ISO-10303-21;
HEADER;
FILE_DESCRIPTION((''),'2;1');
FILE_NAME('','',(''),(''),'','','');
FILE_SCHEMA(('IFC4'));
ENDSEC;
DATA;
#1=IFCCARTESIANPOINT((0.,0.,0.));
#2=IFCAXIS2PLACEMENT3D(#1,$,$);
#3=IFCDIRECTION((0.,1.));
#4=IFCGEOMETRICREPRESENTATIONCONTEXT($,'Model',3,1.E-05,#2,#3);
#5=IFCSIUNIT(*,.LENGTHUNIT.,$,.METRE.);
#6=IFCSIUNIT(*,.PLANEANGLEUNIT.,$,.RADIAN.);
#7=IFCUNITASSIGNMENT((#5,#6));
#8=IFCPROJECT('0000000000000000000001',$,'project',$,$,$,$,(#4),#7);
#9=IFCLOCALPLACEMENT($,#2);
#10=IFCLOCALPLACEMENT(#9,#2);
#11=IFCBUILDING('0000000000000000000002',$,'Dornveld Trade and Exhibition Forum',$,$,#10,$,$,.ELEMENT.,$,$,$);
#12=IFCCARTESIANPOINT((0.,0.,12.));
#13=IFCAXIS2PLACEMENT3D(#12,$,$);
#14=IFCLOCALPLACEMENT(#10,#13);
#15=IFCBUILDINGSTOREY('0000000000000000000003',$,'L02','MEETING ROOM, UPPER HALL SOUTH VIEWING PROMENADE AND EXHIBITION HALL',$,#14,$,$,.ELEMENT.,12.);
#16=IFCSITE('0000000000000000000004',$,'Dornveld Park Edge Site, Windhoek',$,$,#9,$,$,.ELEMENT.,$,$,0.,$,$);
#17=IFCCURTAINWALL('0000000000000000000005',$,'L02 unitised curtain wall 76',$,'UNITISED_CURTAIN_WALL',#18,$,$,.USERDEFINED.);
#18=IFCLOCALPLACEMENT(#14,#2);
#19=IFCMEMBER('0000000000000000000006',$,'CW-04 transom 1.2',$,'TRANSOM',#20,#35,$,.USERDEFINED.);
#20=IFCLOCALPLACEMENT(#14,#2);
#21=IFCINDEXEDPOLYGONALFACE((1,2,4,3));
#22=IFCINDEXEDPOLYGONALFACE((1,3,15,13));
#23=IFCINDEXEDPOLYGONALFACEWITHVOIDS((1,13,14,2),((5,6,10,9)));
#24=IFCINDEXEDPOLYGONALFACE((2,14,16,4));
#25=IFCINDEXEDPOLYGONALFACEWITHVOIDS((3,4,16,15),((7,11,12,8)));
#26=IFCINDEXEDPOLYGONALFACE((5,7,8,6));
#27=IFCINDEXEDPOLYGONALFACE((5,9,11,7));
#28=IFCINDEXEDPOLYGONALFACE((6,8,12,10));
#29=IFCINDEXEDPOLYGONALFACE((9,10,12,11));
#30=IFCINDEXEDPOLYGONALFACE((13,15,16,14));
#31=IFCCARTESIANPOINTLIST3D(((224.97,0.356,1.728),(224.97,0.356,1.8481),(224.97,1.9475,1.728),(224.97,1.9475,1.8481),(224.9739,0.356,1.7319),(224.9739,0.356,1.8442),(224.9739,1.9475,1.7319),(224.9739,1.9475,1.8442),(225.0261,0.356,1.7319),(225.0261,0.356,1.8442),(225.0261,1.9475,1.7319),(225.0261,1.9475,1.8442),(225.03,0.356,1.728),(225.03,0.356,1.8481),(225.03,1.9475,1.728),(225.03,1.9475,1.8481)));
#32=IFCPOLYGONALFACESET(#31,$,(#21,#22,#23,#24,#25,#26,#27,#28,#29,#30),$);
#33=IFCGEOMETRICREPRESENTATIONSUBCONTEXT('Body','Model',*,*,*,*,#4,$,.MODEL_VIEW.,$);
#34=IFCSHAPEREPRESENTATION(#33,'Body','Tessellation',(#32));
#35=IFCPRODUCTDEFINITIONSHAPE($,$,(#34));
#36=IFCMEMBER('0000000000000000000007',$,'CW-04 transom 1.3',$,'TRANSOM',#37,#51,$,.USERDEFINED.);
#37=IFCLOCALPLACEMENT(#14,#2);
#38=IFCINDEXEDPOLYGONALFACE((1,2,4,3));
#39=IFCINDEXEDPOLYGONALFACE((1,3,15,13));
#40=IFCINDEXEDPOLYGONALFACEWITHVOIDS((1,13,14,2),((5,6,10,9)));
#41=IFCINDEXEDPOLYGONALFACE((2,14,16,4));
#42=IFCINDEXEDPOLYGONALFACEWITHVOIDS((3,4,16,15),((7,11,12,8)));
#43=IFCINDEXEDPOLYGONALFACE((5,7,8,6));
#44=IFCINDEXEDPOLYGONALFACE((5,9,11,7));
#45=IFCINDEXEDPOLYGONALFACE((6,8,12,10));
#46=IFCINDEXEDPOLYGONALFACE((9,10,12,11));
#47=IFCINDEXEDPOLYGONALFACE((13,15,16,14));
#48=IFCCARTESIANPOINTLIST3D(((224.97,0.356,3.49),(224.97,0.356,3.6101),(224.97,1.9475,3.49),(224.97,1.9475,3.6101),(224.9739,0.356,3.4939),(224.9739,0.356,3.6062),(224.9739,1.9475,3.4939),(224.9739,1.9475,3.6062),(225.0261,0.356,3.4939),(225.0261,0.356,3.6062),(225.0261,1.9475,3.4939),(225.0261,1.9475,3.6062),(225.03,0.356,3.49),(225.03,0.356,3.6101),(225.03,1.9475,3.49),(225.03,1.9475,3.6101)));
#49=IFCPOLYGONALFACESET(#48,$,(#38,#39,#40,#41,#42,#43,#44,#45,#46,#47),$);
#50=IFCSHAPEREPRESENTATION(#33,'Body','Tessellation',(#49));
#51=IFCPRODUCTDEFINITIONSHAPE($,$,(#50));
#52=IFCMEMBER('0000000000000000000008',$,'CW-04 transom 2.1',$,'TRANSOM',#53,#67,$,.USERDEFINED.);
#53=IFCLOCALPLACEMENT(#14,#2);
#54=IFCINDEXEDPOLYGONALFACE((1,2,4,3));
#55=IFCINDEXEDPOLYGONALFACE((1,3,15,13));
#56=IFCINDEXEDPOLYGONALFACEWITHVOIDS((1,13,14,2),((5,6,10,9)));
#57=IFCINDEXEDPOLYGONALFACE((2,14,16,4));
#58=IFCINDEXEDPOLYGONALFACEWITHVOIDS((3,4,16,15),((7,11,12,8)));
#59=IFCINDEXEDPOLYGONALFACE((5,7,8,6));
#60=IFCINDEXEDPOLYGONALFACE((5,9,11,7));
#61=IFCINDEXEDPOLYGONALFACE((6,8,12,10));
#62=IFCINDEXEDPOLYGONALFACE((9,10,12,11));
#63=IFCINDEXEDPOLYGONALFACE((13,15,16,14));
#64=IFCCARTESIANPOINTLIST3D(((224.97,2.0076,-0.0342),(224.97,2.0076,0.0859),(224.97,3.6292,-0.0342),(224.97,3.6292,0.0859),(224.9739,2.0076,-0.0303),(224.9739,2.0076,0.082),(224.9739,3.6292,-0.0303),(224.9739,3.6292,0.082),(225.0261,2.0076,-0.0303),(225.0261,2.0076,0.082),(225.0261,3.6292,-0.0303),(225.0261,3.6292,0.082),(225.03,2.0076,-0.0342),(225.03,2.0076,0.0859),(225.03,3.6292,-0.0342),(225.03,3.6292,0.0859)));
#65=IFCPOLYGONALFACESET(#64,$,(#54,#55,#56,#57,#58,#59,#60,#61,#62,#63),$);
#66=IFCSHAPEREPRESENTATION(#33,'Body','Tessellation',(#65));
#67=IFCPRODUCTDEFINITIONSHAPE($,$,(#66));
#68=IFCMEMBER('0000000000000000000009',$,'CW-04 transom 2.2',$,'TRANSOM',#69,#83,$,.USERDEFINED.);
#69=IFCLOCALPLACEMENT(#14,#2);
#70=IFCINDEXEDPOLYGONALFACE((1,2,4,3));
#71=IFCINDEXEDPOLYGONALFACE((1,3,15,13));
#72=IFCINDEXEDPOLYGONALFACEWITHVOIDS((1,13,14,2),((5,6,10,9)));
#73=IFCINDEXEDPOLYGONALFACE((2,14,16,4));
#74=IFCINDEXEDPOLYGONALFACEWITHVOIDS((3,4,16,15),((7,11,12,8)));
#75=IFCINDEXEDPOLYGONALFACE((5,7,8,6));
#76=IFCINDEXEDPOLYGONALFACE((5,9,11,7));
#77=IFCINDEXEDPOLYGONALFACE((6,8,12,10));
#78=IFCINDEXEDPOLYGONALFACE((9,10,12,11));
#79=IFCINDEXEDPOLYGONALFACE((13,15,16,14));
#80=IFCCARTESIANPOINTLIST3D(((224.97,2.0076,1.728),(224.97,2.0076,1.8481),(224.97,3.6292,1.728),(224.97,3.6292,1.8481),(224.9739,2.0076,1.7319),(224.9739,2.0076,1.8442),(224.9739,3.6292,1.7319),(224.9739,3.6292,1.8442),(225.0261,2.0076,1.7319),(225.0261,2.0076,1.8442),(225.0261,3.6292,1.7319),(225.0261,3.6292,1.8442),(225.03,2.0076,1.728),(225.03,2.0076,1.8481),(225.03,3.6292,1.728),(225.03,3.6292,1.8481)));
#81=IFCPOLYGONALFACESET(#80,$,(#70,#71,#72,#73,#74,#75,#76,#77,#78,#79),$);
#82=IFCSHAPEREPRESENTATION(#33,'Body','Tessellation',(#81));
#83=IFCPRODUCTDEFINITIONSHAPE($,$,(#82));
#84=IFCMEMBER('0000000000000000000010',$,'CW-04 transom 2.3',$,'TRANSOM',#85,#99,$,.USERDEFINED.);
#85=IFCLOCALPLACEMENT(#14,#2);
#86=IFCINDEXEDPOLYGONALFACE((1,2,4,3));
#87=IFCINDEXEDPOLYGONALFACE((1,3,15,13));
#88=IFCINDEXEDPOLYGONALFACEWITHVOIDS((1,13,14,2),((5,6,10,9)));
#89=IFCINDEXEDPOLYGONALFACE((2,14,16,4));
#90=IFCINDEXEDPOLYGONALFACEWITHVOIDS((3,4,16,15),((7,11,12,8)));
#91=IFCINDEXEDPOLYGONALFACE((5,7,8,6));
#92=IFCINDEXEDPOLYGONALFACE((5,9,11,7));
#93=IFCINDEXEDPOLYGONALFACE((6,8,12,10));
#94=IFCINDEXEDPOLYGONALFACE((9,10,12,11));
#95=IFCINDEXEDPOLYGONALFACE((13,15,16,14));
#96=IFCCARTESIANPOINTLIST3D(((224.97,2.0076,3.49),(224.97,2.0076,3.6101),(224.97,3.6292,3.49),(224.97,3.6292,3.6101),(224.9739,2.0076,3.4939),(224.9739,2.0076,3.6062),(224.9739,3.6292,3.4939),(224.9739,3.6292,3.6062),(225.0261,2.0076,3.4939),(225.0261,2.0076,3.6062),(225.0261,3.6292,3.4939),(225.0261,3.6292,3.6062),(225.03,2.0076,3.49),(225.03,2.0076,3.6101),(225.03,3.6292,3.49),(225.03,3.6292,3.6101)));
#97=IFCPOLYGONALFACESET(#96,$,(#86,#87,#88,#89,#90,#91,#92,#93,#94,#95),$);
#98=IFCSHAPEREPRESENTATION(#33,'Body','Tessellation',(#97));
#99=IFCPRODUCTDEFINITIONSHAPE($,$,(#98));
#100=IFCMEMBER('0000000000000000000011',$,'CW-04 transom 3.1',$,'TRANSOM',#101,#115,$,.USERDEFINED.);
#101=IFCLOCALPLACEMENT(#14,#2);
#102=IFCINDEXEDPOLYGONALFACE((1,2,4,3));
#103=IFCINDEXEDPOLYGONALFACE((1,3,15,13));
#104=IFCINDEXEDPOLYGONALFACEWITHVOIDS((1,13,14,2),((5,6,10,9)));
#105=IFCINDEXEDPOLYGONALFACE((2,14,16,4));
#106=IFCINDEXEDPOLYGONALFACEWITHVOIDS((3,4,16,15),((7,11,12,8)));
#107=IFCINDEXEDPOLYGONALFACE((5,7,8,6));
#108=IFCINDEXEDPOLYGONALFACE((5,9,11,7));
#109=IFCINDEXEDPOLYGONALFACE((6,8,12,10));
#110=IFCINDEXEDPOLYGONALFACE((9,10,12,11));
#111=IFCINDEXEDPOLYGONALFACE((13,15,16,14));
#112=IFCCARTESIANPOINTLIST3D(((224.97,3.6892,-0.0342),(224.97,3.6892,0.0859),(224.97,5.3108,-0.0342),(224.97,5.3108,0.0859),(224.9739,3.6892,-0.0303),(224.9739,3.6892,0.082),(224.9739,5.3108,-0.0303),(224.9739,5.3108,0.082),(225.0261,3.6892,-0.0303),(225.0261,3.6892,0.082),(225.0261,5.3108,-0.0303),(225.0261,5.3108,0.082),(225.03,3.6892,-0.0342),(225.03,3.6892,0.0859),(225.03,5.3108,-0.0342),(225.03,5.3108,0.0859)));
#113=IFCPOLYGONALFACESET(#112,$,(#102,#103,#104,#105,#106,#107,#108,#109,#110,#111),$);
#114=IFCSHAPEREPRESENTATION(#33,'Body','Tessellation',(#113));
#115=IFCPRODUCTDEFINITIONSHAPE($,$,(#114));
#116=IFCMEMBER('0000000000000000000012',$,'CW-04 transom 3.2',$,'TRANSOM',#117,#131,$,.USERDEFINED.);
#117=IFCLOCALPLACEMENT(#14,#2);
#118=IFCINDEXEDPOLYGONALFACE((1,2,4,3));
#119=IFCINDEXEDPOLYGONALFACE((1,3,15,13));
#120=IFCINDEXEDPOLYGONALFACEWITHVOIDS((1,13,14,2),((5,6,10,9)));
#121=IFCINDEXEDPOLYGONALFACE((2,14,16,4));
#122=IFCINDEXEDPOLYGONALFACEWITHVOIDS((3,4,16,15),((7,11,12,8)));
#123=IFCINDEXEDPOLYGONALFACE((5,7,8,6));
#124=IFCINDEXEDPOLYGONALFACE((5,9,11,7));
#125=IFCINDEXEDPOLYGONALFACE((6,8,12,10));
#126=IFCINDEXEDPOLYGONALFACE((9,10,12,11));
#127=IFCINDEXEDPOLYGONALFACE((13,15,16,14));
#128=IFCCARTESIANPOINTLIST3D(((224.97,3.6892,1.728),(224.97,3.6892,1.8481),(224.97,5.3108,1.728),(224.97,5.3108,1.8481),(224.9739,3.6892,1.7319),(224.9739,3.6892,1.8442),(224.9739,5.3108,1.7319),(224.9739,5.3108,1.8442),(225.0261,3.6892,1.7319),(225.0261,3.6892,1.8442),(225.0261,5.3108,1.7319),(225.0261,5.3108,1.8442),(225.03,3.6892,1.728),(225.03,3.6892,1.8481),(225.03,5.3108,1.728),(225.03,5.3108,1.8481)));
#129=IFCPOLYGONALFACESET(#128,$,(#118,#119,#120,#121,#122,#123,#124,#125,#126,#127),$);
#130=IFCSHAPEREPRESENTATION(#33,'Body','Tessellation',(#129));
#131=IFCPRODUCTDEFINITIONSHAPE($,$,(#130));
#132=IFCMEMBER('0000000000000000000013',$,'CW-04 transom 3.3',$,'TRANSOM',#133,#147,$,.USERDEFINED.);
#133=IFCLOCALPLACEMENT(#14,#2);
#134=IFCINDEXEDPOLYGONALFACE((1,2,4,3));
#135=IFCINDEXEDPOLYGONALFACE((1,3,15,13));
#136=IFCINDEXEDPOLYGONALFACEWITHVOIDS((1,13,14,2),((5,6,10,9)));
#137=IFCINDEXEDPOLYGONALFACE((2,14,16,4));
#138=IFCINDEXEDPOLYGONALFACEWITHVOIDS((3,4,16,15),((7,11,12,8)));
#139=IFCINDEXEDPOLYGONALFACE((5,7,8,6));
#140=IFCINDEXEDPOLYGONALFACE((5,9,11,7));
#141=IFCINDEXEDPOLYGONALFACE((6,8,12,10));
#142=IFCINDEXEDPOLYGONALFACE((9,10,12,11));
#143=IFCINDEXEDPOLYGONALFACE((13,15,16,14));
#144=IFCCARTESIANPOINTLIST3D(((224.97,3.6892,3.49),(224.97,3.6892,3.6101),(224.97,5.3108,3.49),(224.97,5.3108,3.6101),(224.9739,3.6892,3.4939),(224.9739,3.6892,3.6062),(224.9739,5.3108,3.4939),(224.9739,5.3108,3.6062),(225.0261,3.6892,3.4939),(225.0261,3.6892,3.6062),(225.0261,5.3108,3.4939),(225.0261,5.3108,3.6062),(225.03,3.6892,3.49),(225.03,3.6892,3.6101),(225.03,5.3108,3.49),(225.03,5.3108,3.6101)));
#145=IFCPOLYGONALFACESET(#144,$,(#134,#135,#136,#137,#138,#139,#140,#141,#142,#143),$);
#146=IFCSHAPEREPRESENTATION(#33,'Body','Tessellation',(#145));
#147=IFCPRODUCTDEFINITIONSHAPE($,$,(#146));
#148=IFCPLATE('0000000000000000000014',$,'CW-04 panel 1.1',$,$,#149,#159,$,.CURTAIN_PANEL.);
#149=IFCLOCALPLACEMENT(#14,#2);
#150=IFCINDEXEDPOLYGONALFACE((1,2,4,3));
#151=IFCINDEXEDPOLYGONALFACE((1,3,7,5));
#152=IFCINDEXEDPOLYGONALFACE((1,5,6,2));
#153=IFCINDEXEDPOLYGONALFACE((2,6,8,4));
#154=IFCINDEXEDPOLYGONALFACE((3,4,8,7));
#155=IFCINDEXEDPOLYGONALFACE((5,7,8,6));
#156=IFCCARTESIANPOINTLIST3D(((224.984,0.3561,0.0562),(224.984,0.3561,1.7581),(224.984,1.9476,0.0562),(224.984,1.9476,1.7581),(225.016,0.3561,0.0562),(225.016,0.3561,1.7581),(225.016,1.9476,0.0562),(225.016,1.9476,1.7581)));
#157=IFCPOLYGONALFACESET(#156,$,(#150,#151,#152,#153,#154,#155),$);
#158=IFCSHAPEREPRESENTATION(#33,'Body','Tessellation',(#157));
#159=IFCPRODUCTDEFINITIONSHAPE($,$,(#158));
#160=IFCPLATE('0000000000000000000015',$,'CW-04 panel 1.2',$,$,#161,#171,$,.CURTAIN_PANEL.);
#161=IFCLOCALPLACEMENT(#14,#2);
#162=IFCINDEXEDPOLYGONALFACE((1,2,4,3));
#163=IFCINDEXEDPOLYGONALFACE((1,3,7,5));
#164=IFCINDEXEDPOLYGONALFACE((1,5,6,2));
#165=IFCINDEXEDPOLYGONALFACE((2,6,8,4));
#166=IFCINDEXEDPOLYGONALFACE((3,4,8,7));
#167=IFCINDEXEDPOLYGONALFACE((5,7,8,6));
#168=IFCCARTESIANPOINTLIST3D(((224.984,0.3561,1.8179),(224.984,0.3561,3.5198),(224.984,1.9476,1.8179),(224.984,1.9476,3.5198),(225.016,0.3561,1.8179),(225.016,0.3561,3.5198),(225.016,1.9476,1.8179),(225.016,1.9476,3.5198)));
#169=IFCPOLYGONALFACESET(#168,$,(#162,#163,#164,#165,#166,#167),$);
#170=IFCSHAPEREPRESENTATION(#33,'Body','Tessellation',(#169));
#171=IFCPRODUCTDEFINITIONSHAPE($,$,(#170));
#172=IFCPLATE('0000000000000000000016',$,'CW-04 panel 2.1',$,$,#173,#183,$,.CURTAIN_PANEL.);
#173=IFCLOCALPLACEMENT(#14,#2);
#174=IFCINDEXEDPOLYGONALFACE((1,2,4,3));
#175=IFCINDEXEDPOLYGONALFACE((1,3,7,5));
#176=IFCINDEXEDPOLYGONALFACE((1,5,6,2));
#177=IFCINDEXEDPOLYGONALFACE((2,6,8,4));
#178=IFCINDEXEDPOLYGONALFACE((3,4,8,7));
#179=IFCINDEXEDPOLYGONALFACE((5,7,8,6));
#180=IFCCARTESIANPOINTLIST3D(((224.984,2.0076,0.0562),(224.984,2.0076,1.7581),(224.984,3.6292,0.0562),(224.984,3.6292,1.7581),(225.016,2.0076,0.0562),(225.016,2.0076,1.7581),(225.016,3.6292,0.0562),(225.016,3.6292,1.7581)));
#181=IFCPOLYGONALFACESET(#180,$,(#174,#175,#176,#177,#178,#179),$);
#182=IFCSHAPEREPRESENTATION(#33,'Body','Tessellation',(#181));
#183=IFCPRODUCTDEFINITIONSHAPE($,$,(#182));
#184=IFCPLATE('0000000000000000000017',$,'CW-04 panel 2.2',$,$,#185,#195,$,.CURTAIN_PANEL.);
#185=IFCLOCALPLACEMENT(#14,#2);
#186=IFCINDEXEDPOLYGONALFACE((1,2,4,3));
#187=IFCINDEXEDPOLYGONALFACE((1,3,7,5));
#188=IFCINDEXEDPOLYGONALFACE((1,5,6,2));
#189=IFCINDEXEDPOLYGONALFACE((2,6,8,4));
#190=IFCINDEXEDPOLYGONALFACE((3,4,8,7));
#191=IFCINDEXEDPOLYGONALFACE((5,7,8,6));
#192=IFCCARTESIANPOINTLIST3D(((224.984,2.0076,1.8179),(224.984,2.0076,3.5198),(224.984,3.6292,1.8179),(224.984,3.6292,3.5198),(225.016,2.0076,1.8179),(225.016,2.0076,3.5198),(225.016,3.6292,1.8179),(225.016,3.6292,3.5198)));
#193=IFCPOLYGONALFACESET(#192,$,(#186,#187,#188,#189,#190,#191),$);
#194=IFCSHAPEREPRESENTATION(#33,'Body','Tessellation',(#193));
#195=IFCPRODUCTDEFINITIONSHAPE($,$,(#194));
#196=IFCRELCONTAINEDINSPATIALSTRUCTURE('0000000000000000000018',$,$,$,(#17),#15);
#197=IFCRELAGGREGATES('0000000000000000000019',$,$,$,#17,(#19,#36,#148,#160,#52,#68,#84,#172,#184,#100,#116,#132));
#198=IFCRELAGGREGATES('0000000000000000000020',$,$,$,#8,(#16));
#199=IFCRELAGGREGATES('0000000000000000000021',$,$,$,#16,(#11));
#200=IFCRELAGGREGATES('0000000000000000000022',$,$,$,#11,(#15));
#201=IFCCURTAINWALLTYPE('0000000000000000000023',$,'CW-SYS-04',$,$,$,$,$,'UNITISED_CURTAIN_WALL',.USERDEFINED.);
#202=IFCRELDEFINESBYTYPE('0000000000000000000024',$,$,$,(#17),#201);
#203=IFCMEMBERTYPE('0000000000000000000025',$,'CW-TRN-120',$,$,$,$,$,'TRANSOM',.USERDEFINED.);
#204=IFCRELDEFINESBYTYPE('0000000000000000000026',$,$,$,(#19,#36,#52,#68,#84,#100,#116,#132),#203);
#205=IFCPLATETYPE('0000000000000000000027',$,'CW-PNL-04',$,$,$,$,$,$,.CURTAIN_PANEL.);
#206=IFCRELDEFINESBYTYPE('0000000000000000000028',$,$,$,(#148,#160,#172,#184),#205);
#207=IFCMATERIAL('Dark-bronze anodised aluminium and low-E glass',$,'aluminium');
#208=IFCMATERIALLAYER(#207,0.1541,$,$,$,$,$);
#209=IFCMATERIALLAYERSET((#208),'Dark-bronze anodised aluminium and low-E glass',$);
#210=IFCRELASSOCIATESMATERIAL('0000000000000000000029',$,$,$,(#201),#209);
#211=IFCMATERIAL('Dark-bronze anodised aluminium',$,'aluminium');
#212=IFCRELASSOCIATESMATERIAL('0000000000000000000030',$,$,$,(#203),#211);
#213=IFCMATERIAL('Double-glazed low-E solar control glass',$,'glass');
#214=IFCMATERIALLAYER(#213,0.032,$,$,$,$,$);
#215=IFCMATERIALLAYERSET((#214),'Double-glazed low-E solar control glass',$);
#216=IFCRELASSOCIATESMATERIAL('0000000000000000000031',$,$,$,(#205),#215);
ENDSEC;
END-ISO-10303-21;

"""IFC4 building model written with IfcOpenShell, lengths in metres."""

from ifc_helpers import new_model, si_unit, direction, frame, origin, origin_2d, place, context, subcontext, project, spatial, rectangle, hollow_rectangle, extrude, material, layer, layer_set, material_profile, profile_set, type_object, element, aggregate, save


model = new_model("IFC4")

# Units and contexts
model_context = context("Model", 3, precision=1e-05, world=origin(), true_north=direction((0.0, 1.0)))
body_context = subcontext(model_context, "Body", "Model", "MODEL_VIEW")
ifc_project = project(units=[si_unit("LENGTHUNIT", "METRE"), si_unit("PLANEANGLEUNIT", "RADIAN")], contexts=[model_context])

# Site, building, storey
site_placement = place(None, origin())
site = spatial("IfcSite", under=ifc_project, at=site_placement, Name="Dornveld Park Edge Site, Windhoek", CompositionType="ELEMENT", RefElevation=0.0)
building_placement = place(site_placement, origin())
building = spatial("IfcBuilding", under=site, at=building_placement, Name="Dornveld Trade and Exhibition Forum", CompositionType="ELEMENT")
storey_placement = place(building_placement, frame((0.0, 0.0, 12.0)))
storey = spatial("IfcBuildingStorey", under=building, at=storey_placement, Name="L02", Description="MEETING ROOM, UPPER HALL SOUTH VIEWING PROMENADE AND EXHIBITION HALL", CompositionType="ELEMENT", Elevation=12.0)

# Curtain wall, members, plates
ifc_material_1 = material(Name="Dark-bronze anodised aluminium and low-E glass", Category="aluminium")
ifc_layer_1 = layer(ifc_material_1, 0.1541)
ifc_layer_set_1 = layer_set([ifc_layer_1], Name="Dark-bronze anodised aluminium and low-E glass")
curtain_wall_type = type_object("IfcCurtainWallType", Name="CW-SYS-04", ElementType="UNITISED_CURTAIN_WALL", PredefinedType="USERDEFINED", material=ifc_layer_set_1)
curtain_wall_placement = place(storey_placement, origin())
curtain_wall = element("IfcCurtainWall", 1, at=curtain_wall_placement, inside=storey, type_object=curtain_wall_type, Name="L02 unitised curtain wall 76", ObjectType="UNITISED_CURTAIN_WALL", PredefinedType="USERDEFINED")
ifc_material_2 = material(Name="Dark-bronze anodised aluminium", Category="aluminium")
ifc_material_profile_1 = material_profile(ifc_material_2, hollow_rectangle(XDim=0.0601, YDim=0.1201, WallThickness=0.0039, at=origin_2d()), Name="RHS 120x60x4")
ifc_profile_set_1 = profile_set([ifc_material_profile_1], Name="Dark-bronze anodised aluminium")
member_type_1 = type_object("IfcMemberType", Name="CW-TRN-120", ElementType="TRANSOM", PredefinedType="USERDEFINED", material=ifc_profile_set_1)
member_1_placement = place(storey_placement, frame((225.0, 0.356, 1.7881), z_axis=(0.0, 1.0, 0.0), x_axis=(-1.0, 0.0, 0.0)))
member_1 = element("IfcMember", 2, at=member_1_placement, type_object=member_type_1, Name="CW-04 transom 1.2", ObjectType="TRANSOM", PredefinedType="USERDEFINED", context=body_context, shape_type="SweptSolid", body=[
    extrude(hollow_rectangle(XDim=0.0601, YDim=0.1201, WallThickness=0.0039, at=origin_2d()), origin(), (0.0, 0.0, 1.0), 1.5916),
])
member_2_placement = place(storey_placement, frame((225.0, 0.356, 3.55), z_axis=(0.0, 1.0, 0.0), x_axis=(-1.0, 0.0, 0.0)))
member_2 = element("IfcMember", 3, at=member_2_placement, type_object=member_type_1, Name="CW-04 transom 1.3", ObjectType="TRANSOM", PredefinedType="USERDEFINED", context=body_context, shape_type="SweptSolid", body=[
    extrude(hollow_rectangle(XDim=0.0601, YDim=0.1201, WallThickness=0.0039, at=origin_2d()), origin(), (0.0, 0.0, 1.0), 1.5916),
])
member_3_placement = place(storey_placement, frame((225.0, 2.0076, 0.0259), z_axis=(0.0, 1.0, 0.0), x_axis=(-1.0, 0.0, 0.0)))
member_3 = element("IfcMember", 4, at=member_3_placement, type_object=member_type_1, Name="CW-04 transom 2.1", ObjectType="TRANSOM", PredefinedType="USERDEFINED", context=body_context, shape_type="SweptSolid", body=[
    extrude(hollow_rectangle(XDim=0.0601, YDim=0.1201, WallThickness=0.0039, at=origin_2d()), origin(), (0.0, 0.0, 1.0), 1.6216),
])
member_4_placement = place(storey_placement, frame((225.0, 2.0076, 1.7881), z_axis=(0.0, 1.0, 0.0), x_axis=(-1.0, 0.0, 0.0)))
member_4 = element("IfcMember", 5, at=member_4_placement, type_object=member_type_1, Name="CW-04 transom 2.2", ObjectType="TRANSOM", PredefinedType="USERDEFINED", context=body_context, shape_type="SweptSolid", body=[
    extrude(hollow_rectangle(XDim=0.0601, YDim=0.1201, WallThickness=0.0039, at=origin_2d()), origin(), (0.0, 0.0, 1.0), 1.6216),
])
member_5_placement = place(storey_placement, frame((225.0, 2.0076, 3.55), z_axis=(0.0, 1.0, 0.0), x_axis=(-1.0, 0.0, 0.0)))
member_5 = element("IfcMember", 6, at=member_5_placement, type_object=member_type_1, Name="CW-04 transom 2.3", ObjectType="TRANSOM", PredefinedType="USERDEFINED", context=body_context, shape_type="SweptSolid", body=[
    extrude(hollow_rectangle(XDim=0.0601, YDim=0.1201, WallThickness=0.0039, at=origin_2d()), origin(), (0.0, 0.0, 1.0), 1.6216),
])
member_6_placement = place(storey_placement, frame((225.0, 3.6892, 0.0259), z_axis=(0.0, 1.0, 0.0), x_axis=(-1.0, 0.0, 0.0)))
member_6 = element("IfcMember", 7, at=member_6_placement, type_object=member_type_1, Name="CW-04 transom 3.1", ObjectType="TRANSOM", PredefinedType="USERDEFINED", context=body_context, shape_type="SweptSolid", body=[
    extrude(hollow_rectangle(XDim=0.0601, YDim=0.1201, WallThickness=0.0039, at=origin_2d()), origin(), (0.0, 0.0, 1.0), 1.6216),
])
member_7_placement = place(storey_placement, frame((225.0, 3.6892, 1.7881), z_axis=(0.0, 1.0, 0.0), x_axis=(-1.0, 0.0, 0.0)))
member_7 = element("IfcMember", 8, at=member_7_placement, type_object=member_type_1, Name="CW-04 transom 3.2", ObjectType="TRANSOM", PredefinedType="USERDEFINED", context=body_context, shape_type="SweptSolid", body=[
    extrude(hollow_rectangle(XDim=0.0601, YDim=0.1201, WallThickness=0.0039, at=origin_2d()), origin(), (0.0, 0.0, 1.0), 1.6216),
])
member_8_placement = place(storey_placement, frame((225.0, 3.6892, 3.55), z_axis=(0.0, 1.0, 0.0), x_axis=(-1.0, 0.0, 0.0)))
member_8 = element("IfcMember", 9, at=member_8_placement, type_object=member_type_1, Name="CW-04 transom 3.3", ObjectType="TRANSOM", PredefinedType="USERDEFINED", context=body_context, shape_type="SweptSolid", body=[
    extrude(hollow_rectangle(XDim=0.0601, YDim=0.1201, WallThickness=0.0039, at=origin_2d()), origin(), (0.0, 0.0, 1.0), 1.6216),
])
ifc_material_3 = material(Name="Double-glazed low-E solar control glass", Category="glass")
ifc_layer_2 = layer(ifc_material_3, 0.032)
ifc_layer_set_2 = layer_set([ifc_layer_2], Name="Double-glazed low-E solar control glass")
plate_type = type_object("IfcPlateType", Name="CW-PNL-04", PredefinedType="CURTAIN_PANEL", material=ifc_layer_set_2)
plate_1_placement = place(storey_placement, frame((225.0, 1.1519, 0.0562), z_axis=(0.0, 0.0, 1.0), x_axis=(0.0, 1.0, 0.0)))
plate_1 = element("IfcPlate", 10, at=plate_1_placement, type_object=plate_type, Name="CW-04 panel 1.1", PredefinedType="CURTAIN_PANEL", context=body_context, shape_type="SweptSolid", body=[
    extrude(rectangle(XDim=1.5916, YDim=0.032, at=origin_2d()), origin(), (0.0, 0.0, 1.0), 1.7019),
])
plate_2_placement = place(storey_placement, frame((225.0, 1.1519, 1.8179), z_axis=(0.0, 0.0, 1.0), x_axis=(0.0, 1.0, 0.0)))
plate_2 = element("IfcPlate", 11, at=plate_2_placement, type_object=plate_type, Name="CW-04 panel 1.2", PredefinedType="CURTAIN_PANEL", context=body_context, shape_type="SweptSolid", body=[
    extrude(rectangle(XDim=1.5916, YDim=0.032, at=origin_2d()), origin(), (0.0, 0.0, 1.0), 1.7019),
])
plate_3_placement = place(storey_placement, frame((225.0, 2.8184, 0.0562), z_axis=(0.0, 0.0, 1.0), x_axis=(0.0, 1.0, 0.0)))
plate_3 = element("IfcPlate", 12, at=plate_3_placement, type_object=plate_type, Name="CW-04 panel 2.1", PredefinedType="CURTAIN_PANEL", context=body_context, shape_type="SweptSolid", body=[
    extrude(rectangle(XDim=1.6216, YDim=0.032, at=origin_2d()), origin(), (0.0, 0.0, 1.0), 1.7019),
])
plate_4_placement = place(storey_placement, frame((225.0, 2.8184, 1.8179), z_axis=(0.0, 0.0, 1.0), x_axis=(0.0, 1.0, 0.0)))
plate_4 = element("IfcPlate", 13, at=plate_4_placement, type_object=plate_type, Name="CW-04 panel 2.2", PredefinedType="CURTAIN_PANEL", context=body_context, shape_type="SweptSolid", body=[
    extrude(rectangle(XDim=1.6216, YDim=0.032, at=origin_2d()), origin(), (0.0, 0.0, 1.0), 1.7019),
])
aggregate(curtain_wall, [member_1, member_2, plate_1, plate_2, member_3, member_4, member_5, plate_3, plate_4, member_6, member_7, member_8])

save(model, "model.ifc")
